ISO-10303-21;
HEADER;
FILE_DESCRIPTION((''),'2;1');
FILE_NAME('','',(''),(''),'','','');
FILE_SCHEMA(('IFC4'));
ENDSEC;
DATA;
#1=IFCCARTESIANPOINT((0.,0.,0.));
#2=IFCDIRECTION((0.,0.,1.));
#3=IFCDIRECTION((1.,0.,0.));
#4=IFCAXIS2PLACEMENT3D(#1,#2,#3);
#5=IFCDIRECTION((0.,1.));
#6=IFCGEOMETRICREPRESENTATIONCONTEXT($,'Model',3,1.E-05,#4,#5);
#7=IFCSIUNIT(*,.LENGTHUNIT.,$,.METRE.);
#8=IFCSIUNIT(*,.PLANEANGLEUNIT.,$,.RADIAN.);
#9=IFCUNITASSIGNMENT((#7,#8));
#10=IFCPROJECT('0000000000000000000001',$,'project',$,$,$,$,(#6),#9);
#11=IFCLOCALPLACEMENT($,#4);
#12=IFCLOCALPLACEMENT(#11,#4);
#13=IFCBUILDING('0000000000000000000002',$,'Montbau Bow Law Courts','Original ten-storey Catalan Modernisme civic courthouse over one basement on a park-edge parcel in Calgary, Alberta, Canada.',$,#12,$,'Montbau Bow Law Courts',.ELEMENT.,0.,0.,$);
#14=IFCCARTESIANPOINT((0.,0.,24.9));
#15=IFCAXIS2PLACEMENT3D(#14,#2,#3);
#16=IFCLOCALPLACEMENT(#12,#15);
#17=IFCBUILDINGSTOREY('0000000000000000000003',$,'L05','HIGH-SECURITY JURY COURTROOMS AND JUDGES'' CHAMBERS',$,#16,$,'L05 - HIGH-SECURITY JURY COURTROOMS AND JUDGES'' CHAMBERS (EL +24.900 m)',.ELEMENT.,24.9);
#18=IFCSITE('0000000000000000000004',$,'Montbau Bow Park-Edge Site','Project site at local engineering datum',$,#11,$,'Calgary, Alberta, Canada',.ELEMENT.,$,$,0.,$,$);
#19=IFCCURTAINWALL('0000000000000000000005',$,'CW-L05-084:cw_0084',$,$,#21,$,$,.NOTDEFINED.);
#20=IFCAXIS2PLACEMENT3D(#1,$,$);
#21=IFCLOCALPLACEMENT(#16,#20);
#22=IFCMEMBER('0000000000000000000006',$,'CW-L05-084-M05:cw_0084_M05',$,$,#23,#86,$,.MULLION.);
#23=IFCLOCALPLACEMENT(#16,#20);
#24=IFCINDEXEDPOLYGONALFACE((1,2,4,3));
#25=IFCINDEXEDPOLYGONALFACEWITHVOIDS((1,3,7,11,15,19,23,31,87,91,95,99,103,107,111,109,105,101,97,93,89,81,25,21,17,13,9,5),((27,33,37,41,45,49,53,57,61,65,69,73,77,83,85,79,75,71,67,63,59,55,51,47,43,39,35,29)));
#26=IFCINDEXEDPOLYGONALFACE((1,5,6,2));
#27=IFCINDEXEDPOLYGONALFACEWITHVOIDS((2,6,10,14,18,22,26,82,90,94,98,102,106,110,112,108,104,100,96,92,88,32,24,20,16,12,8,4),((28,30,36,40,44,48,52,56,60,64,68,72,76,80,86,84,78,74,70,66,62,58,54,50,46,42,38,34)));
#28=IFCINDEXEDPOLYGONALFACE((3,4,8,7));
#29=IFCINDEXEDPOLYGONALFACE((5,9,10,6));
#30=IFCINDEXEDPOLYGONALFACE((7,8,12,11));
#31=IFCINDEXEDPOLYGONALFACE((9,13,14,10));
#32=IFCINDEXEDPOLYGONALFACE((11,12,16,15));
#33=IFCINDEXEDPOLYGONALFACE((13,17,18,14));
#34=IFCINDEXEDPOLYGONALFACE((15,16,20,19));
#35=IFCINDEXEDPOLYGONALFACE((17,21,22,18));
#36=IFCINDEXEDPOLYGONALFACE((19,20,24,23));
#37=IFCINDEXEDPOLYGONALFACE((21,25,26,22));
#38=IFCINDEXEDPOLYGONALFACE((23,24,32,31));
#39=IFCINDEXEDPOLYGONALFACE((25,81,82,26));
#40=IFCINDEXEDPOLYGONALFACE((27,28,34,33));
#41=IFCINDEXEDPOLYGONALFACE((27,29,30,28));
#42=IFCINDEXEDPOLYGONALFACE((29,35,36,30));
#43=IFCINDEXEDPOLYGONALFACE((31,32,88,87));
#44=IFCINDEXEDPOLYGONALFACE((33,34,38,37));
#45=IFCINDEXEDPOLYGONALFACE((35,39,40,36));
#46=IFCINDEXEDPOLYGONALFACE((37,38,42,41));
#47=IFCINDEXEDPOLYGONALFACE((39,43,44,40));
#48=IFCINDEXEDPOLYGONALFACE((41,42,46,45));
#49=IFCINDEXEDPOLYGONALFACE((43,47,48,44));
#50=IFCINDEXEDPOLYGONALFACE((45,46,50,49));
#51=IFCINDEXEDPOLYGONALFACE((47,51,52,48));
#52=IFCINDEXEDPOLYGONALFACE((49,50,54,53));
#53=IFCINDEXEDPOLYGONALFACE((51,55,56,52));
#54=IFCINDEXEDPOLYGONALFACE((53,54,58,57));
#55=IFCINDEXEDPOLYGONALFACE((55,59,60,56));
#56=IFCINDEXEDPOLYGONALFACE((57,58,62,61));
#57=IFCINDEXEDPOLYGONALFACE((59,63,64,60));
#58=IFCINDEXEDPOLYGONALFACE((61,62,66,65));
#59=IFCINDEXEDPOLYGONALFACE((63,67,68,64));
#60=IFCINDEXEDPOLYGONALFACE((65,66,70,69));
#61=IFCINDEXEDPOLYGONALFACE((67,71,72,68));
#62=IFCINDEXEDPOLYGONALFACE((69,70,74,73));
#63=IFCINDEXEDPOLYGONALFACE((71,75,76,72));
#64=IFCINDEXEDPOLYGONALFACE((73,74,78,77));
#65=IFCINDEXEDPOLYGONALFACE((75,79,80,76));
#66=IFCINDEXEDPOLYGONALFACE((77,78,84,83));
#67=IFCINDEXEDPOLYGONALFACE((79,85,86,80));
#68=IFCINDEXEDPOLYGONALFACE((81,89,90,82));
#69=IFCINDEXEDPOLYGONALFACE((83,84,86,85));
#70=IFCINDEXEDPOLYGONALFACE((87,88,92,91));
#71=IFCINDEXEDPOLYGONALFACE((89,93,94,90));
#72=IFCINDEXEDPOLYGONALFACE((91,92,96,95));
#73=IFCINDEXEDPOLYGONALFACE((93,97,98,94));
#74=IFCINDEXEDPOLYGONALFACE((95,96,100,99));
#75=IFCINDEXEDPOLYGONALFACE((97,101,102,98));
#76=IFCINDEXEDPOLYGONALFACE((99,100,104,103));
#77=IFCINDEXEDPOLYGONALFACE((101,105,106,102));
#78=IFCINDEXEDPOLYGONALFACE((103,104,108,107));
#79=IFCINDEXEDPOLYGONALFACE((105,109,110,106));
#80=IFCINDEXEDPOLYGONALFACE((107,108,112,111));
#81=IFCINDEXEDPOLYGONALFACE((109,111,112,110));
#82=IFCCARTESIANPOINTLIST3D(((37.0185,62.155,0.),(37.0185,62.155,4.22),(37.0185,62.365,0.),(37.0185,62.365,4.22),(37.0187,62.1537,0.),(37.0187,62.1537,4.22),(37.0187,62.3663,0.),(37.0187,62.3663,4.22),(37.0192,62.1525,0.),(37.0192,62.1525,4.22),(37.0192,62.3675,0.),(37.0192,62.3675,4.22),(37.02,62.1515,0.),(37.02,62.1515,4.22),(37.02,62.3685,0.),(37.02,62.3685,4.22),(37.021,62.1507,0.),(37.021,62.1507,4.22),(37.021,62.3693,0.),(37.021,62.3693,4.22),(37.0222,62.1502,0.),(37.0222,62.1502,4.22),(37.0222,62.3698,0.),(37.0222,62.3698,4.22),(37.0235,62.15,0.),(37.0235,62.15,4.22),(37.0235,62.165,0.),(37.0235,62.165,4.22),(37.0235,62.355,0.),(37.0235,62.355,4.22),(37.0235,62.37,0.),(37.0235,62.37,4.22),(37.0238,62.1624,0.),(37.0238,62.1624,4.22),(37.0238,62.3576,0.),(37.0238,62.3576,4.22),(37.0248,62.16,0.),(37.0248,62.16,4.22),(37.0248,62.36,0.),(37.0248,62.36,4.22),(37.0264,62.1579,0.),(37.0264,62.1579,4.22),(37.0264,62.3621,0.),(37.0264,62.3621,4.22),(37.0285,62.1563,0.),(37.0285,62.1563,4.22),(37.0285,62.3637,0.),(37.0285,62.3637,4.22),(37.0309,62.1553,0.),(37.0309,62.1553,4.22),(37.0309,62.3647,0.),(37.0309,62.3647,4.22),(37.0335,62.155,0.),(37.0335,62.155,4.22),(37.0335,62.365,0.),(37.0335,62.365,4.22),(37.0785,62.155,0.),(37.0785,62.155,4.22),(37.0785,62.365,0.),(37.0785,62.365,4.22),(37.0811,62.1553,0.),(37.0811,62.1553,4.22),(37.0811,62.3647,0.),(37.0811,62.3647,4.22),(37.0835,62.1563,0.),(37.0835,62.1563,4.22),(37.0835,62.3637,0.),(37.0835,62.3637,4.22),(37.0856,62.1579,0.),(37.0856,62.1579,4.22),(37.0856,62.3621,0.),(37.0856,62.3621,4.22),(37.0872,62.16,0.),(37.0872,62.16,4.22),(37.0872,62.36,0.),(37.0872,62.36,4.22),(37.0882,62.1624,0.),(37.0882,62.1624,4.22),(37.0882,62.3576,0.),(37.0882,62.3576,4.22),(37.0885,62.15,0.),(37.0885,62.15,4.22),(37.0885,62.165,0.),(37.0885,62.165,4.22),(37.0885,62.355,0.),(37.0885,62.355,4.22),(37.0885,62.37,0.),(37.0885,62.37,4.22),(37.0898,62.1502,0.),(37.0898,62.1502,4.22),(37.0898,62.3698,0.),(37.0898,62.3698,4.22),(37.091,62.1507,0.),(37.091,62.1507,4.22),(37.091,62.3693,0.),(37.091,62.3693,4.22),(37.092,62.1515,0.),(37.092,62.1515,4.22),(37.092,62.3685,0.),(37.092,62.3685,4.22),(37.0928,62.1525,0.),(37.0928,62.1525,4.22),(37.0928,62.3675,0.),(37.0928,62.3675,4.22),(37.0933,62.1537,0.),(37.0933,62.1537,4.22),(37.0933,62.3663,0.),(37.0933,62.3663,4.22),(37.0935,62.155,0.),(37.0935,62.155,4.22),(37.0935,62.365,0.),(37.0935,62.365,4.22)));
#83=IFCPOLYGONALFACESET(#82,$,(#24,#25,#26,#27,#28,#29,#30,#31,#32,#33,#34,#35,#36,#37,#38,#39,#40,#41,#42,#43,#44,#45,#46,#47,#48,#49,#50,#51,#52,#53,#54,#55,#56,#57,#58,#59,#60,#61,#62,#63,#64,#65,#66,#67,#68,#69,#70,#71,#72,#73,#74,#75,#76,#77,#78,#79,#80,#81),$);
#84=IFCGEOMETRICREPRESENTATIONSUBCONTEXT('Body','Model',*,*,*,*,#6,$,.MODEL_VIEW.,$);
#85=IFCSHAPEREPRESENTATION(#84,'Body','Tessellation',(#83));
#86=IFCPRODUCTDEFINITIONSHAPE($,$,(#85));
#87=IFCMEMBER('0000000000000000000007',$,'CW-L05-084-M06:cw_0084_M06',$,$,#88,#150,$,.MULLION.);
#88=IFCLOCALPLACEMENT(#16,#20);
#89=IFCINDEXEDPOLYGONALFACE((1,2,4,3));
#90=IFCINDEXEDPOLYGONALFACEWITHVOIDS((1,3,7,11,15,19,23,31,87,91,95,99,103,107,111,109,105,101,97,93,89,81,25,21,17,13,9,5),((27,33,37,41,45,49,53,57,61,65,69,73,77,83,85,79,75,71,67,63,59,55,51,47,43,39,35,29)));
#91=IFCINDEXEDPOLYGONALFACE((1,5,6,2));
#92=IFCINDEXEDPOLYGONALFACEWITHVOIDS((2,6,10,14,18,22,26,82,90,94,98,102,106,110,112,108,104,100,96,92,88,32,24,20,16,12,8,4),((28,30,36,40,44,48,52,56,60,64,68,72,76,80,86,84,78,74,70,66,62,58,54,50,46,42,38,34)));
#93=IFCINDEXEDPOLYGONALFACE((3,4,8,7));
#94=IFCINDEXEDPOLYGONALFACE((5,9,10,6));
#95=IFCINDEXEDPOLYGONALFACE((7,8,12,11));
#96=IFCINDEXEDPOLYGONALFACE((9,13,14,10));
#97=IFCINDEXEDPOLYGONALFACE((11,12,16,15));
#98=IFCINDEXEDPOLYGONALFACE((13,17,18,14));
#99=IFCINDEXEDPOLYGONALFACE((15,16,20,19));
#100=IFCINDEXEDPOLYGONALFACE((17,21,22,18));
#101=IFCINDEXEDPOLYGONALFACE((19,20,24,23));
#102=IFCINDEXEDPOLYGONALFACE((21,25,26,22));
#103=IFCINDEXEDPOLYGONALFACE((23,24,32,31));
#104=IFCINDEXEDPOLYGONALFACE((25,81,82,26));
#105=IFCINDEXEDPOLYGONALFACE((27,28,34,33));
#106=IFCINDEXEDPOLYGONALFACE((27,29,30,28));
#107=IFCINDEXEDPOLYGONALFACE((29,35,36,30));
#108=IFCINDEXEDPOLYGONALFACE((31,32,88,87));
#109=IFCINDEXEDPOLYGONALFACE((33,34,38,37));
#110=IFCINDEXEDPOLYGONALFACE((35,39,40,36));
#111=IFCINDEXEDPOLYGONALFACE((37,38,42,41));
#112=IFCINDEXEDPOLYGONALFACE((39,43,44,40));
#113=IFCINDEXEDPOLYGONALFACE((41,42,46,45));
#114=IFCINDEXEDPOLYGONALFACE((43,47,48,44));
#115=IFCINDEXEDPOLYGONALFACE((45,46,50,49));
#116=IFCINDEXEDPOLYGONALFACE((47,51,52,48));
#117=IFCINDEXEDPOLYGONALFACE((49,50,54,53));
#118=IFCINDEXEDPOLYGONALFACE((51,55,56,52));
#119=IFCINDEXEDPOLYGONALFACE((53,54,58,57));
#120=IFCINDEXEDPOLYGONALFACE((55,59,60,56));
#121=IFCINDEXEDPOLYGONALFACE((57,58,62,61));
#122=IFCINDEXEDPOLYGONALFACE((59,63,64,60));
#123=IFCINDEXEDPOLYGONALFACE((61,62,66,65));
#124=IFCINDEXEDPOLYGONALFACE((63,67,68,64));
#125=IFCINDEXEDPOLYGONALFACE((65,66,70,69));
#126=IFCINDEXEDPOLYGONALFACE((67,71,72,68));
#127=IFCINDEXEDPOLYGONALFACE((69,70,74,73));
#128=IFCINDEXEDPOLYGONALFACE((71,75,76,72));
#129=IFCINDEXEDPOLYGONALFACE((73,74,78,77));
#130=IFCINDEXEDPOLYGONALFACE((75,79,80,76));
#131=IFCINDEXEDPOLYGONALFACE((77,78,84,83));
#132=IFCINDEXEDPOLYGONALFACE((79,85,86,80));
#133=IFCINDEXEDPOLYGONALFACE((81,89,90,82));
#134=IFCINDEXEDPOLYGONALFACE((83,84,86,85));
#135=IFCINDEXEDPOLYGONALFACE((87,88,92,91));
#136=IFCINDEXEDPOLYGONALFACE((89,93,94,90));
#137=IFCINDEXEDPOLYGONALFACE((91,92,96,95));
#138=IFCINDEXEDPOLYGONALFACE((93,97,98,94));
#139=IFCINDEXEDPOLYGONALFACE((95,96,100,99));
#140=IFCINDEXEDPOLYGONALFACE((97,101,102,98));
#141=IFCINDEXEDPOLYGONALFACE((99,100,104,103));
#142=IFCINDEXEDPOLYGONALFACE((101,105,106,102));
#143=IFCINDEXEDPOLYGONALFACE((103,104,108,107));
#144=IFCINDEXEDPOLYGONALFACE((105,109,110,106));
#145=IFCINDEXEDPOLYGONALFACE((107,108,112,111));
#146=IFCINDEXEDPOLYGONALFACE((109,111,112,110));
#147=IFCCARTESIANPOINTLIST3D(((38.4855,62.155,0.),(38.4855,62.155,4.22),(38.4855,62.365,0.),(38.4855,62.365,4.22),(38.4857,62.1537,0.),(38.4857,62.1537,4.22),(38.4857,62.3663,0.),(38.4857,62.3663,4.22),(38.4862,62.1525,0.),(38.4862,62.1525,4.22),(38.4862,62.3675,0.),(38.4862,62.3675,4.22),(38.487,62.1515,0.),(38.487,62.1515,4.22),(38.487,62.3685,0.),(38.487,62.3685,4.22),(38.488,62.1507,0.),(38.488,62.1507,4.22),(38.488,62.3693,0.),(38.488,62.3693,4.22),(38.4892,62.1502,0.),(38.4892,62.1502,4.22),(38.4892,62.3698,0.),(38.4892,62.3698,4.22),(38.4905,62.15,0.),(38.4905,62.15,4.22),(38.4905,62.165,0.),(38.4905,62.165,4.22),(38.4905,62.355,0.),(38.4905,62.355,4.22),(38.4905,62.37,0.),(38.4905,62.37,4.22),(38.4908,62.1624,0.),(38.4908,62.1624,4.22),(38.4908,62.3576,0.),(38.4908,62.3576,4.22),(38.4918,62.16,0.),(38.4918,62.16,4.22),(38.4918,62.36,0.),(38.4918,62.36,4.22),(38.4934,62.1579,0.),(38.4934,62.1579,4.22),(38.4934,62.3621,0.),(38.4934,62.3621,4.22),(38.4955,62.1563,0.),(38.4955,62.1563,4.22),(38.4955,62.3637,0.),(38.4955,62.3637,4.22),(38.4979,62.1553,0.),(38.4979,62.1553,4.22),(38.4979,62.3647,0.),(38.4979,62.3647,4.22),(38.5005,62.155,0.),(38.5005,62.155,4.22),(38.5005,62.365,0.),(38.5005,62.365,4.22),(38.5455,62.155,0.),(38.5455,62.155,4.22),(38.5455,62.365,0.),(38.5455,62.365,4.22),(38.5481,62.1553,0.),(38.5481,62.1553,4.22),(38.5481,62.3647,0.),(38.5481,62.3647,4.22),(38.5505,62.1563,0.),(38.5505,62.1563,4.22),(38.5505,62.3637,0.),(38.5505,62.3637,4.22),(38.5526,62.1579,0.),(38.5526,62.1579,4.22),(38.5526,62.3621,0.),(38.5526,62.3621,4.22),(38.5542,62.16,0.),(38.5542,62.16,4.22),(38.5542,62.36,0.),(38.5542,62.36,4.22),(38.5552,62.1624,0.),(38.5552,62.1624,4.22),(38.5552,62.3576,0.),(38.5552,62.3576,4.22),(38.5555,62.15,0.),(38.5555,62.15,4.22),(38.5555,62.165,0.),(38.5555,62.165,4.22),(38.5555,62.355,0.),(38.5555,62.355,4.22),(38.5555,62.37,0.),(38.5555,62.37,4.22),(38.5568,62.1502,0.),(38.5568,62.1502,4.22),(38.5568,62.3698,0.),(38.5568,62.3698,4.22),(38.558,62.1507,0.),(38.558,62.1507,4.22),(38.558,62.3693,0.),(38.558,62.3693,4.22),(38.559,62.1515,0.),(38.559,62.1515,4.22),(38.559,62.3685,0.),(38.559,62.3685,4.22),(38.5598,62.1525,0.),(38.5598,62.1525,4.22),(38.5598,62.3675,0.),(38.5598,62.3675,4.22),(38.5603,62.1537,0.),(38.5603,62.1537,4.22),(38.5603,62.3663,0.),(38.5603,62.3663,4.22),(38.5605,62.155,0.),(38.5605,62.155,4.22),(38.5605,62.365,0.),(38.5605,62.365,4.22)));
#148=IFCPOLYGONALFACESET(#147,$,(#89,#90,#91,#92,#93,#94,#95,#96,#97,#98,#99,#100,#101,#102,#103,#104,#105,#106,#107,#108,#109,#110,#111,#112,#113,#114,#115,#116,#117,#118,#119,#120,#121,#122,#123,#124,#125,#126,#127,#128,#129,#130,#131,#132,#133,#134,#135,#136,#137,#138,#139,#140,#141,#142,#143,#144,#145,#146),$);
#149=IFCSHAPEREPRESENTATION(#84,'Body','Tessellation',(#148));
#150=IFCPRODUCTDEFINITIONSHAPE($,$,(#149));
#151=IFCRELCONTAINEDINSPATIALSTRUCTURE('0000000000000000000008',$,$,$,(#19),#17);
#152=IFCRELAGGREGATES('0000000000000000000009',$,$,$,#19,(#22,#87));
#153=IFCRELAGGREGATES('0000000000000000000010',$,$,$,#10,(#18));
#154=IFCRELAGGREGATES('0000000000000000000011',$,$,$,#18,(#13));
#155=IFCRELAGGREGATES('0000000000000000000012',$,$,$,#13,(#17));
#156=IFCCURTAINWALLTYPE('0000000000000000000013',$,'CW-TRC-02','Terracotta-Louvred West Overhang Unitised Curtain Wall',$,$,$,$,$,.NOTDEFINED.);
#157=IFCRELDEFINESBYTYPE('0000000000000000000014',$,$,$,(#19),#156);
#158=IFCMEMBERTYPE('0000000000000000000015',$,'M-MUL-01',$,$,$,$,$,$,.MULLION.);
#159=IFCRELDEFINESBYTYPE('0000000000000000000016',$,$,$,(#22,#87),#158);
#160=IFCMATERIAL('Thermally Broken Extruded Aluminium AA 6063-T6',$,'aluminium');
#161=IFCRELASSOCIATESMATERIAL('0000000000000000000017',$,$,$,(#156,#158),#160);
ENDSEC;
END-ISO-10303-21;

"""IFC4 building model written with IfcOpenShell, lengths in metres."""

from ifc_helpers import new_model, si_unit, direction, frame, origin_with_axes, origin_2d_with_axis, place, context, subcontext, project, spatial, hollow_rectangle, extrude, material, material_profile, profile_set, type_object, element, aggregate, save


model = new_model("IFC4")

# Units and contexts
model_context = context("Model", 3, precision=1e-05, world=origin_with_axes(), true_north=direction((0.0, 1.0)))
body_context = subcontext(model_context, "Body", "Model", "MODEL_VIEW")
ifc_project = project(units=[si_unit("LENGTHUNIT", "METRE"), si_unit("PLANEANGLEUNIT", "RADIAN")], contexts=[model_context])

# Site, building, storey
site_placement = place(None, origin_with_axes())
site = spatial("IfcSite", under=ifc_project, at=site_placement, Name="Montbau Bow Park-Edge Site", Description="Project site at local engineering datum", LongName="Calgary, Alberta, Canada", CompositionType="ELEMENT", RefElevation=0.0)
building_placement = place(site_placement, origin_with_axes())
building = spatial("IfcBuilding", under=site, at=building_placement, Name="Montbau Bow Law Courts", Description="Original ten-storey Catalan Modernisme civic courthouse over one basement on a park-edge parcel in Calgary, Alberta, Canada.", LongName="Montbau Bow Law Courts", CompositionType="ELEMENT", ElevationOfRefHeight=0.0, ElevationOfTerrain=0.0)
storey_placement = place(building_placement, frame((0.0, 0.0, 24.9), z_axis=(0.0, 0.0, 1.0), x_axis=(1.0, 0.0, 0.0)))
storey = spatial("IfcBuildingStorey", under=building, at=storey_placement, Name="L05", Description="HIGH-SECURITY JURY COURTROOMS AND JUDGES' CHAMBERS", LongName="L05 - HIGH-SECURITY JURY COURTROOMS AND JUDGES' CHAMBERS (EL +24.900 m)", CompositionType="ELEMENT", Elevation=24.9)

# Curtain wall, members
ifc_material_1 = material(Name="Thermally Broken Extruded Aluminium AA 6063-T6", Category="aluminium")
curtain_wall_type = type_object("IfcCurtainWallType", Name="CW-TRC-02", Description="Terracotta-Louvred West Overhang Unitised Curtain Wall", PredefinedType="NOTDEFINED", material=ifc_material_1)
curtain_wall_placement = place(None, frame((31.04, 62.26, 24.9), z_axis=(0.0, 0.0, 1.0), x_axis=(1.0, 0.0, 0.0)))
curtain_wall = element("IfcCurtainWall", 1, at=curtain_wall_placement, inside=storey, type_object=curtain_wall_type, Name="CW-L05-084:cw_0084", PredefinedType="NOTDEFINED")
ifc_material_profile_1 = material_profile(ifc_material_1, hollow_rectangle(XDim=0.075, YDim=0.22, WallThickness=0.005, InnerFilletRadius=0.01, OuterFilletRadius=0.005, at=origin_2d_with_axis()), Name="CWM-220X75", Category="Main", Priority=0)
ifc_profile_set_1 = profile_set([ifc_material_profile_1], Name="Thermally Broken Extruded Aluminium AA 6063-T6")
member_type_1 = type_object("IfcMemberType", Name="M-MUL-01", PredefinedType="MULLION", material=ifc_profile_set_1)
member_1_placement = place(None, frame((37.056, 62.26, 24.9), z_axis=(0.0, 0.0, 1.0), x_axis=(1.0, 0.0, 0.0)))
member_1 = element("IfcMember", 2, at=member_1_placement, type_object=member_type_1, Name="CW-L05-084-M05:cw_0084_M05", PredefinedType="MULLION", context=body_context, shape_type="SweptSolid", body=[
    extrude(hollow_rectangle(XDim=0.075, YDim=0.22, WallThickness=0.005, InnerFilletRadius=0.01, OuterFilletRadius=0.005, at=origin_2d_with_axis()), origin_with_axes(), (0.0, 0.0, 1.0), 4.22),
])
member_2_placement = place(None, frame((38.523, 62.26, 24.9), z_axis=(0.0, 0.0, 1.0), x_axis=(1.0, 0.0, 0.0)))
member_2 = element("IfcMember", 3, at=member_2_placement, type_object=member_type_1, Name="CW-L05-084-M06:cw_0084_M06", PredefinedType="MULLION", context=body_context, shape_type="SweptSolid", body=[
    extrude(hollow_rectangle(XDim=0.075, YDim=0.22, WallThickness=0.005, InnerFilletRadius=0.01, OuterFilletRadius=0.005, at=origin_2d_with_axis()), origin_with_axes(), (0.0, 0.0, 1.0), 4.22),
])
aggregate(curtain_wall, [member_1, member_2])

save(model, "model.ifc")
